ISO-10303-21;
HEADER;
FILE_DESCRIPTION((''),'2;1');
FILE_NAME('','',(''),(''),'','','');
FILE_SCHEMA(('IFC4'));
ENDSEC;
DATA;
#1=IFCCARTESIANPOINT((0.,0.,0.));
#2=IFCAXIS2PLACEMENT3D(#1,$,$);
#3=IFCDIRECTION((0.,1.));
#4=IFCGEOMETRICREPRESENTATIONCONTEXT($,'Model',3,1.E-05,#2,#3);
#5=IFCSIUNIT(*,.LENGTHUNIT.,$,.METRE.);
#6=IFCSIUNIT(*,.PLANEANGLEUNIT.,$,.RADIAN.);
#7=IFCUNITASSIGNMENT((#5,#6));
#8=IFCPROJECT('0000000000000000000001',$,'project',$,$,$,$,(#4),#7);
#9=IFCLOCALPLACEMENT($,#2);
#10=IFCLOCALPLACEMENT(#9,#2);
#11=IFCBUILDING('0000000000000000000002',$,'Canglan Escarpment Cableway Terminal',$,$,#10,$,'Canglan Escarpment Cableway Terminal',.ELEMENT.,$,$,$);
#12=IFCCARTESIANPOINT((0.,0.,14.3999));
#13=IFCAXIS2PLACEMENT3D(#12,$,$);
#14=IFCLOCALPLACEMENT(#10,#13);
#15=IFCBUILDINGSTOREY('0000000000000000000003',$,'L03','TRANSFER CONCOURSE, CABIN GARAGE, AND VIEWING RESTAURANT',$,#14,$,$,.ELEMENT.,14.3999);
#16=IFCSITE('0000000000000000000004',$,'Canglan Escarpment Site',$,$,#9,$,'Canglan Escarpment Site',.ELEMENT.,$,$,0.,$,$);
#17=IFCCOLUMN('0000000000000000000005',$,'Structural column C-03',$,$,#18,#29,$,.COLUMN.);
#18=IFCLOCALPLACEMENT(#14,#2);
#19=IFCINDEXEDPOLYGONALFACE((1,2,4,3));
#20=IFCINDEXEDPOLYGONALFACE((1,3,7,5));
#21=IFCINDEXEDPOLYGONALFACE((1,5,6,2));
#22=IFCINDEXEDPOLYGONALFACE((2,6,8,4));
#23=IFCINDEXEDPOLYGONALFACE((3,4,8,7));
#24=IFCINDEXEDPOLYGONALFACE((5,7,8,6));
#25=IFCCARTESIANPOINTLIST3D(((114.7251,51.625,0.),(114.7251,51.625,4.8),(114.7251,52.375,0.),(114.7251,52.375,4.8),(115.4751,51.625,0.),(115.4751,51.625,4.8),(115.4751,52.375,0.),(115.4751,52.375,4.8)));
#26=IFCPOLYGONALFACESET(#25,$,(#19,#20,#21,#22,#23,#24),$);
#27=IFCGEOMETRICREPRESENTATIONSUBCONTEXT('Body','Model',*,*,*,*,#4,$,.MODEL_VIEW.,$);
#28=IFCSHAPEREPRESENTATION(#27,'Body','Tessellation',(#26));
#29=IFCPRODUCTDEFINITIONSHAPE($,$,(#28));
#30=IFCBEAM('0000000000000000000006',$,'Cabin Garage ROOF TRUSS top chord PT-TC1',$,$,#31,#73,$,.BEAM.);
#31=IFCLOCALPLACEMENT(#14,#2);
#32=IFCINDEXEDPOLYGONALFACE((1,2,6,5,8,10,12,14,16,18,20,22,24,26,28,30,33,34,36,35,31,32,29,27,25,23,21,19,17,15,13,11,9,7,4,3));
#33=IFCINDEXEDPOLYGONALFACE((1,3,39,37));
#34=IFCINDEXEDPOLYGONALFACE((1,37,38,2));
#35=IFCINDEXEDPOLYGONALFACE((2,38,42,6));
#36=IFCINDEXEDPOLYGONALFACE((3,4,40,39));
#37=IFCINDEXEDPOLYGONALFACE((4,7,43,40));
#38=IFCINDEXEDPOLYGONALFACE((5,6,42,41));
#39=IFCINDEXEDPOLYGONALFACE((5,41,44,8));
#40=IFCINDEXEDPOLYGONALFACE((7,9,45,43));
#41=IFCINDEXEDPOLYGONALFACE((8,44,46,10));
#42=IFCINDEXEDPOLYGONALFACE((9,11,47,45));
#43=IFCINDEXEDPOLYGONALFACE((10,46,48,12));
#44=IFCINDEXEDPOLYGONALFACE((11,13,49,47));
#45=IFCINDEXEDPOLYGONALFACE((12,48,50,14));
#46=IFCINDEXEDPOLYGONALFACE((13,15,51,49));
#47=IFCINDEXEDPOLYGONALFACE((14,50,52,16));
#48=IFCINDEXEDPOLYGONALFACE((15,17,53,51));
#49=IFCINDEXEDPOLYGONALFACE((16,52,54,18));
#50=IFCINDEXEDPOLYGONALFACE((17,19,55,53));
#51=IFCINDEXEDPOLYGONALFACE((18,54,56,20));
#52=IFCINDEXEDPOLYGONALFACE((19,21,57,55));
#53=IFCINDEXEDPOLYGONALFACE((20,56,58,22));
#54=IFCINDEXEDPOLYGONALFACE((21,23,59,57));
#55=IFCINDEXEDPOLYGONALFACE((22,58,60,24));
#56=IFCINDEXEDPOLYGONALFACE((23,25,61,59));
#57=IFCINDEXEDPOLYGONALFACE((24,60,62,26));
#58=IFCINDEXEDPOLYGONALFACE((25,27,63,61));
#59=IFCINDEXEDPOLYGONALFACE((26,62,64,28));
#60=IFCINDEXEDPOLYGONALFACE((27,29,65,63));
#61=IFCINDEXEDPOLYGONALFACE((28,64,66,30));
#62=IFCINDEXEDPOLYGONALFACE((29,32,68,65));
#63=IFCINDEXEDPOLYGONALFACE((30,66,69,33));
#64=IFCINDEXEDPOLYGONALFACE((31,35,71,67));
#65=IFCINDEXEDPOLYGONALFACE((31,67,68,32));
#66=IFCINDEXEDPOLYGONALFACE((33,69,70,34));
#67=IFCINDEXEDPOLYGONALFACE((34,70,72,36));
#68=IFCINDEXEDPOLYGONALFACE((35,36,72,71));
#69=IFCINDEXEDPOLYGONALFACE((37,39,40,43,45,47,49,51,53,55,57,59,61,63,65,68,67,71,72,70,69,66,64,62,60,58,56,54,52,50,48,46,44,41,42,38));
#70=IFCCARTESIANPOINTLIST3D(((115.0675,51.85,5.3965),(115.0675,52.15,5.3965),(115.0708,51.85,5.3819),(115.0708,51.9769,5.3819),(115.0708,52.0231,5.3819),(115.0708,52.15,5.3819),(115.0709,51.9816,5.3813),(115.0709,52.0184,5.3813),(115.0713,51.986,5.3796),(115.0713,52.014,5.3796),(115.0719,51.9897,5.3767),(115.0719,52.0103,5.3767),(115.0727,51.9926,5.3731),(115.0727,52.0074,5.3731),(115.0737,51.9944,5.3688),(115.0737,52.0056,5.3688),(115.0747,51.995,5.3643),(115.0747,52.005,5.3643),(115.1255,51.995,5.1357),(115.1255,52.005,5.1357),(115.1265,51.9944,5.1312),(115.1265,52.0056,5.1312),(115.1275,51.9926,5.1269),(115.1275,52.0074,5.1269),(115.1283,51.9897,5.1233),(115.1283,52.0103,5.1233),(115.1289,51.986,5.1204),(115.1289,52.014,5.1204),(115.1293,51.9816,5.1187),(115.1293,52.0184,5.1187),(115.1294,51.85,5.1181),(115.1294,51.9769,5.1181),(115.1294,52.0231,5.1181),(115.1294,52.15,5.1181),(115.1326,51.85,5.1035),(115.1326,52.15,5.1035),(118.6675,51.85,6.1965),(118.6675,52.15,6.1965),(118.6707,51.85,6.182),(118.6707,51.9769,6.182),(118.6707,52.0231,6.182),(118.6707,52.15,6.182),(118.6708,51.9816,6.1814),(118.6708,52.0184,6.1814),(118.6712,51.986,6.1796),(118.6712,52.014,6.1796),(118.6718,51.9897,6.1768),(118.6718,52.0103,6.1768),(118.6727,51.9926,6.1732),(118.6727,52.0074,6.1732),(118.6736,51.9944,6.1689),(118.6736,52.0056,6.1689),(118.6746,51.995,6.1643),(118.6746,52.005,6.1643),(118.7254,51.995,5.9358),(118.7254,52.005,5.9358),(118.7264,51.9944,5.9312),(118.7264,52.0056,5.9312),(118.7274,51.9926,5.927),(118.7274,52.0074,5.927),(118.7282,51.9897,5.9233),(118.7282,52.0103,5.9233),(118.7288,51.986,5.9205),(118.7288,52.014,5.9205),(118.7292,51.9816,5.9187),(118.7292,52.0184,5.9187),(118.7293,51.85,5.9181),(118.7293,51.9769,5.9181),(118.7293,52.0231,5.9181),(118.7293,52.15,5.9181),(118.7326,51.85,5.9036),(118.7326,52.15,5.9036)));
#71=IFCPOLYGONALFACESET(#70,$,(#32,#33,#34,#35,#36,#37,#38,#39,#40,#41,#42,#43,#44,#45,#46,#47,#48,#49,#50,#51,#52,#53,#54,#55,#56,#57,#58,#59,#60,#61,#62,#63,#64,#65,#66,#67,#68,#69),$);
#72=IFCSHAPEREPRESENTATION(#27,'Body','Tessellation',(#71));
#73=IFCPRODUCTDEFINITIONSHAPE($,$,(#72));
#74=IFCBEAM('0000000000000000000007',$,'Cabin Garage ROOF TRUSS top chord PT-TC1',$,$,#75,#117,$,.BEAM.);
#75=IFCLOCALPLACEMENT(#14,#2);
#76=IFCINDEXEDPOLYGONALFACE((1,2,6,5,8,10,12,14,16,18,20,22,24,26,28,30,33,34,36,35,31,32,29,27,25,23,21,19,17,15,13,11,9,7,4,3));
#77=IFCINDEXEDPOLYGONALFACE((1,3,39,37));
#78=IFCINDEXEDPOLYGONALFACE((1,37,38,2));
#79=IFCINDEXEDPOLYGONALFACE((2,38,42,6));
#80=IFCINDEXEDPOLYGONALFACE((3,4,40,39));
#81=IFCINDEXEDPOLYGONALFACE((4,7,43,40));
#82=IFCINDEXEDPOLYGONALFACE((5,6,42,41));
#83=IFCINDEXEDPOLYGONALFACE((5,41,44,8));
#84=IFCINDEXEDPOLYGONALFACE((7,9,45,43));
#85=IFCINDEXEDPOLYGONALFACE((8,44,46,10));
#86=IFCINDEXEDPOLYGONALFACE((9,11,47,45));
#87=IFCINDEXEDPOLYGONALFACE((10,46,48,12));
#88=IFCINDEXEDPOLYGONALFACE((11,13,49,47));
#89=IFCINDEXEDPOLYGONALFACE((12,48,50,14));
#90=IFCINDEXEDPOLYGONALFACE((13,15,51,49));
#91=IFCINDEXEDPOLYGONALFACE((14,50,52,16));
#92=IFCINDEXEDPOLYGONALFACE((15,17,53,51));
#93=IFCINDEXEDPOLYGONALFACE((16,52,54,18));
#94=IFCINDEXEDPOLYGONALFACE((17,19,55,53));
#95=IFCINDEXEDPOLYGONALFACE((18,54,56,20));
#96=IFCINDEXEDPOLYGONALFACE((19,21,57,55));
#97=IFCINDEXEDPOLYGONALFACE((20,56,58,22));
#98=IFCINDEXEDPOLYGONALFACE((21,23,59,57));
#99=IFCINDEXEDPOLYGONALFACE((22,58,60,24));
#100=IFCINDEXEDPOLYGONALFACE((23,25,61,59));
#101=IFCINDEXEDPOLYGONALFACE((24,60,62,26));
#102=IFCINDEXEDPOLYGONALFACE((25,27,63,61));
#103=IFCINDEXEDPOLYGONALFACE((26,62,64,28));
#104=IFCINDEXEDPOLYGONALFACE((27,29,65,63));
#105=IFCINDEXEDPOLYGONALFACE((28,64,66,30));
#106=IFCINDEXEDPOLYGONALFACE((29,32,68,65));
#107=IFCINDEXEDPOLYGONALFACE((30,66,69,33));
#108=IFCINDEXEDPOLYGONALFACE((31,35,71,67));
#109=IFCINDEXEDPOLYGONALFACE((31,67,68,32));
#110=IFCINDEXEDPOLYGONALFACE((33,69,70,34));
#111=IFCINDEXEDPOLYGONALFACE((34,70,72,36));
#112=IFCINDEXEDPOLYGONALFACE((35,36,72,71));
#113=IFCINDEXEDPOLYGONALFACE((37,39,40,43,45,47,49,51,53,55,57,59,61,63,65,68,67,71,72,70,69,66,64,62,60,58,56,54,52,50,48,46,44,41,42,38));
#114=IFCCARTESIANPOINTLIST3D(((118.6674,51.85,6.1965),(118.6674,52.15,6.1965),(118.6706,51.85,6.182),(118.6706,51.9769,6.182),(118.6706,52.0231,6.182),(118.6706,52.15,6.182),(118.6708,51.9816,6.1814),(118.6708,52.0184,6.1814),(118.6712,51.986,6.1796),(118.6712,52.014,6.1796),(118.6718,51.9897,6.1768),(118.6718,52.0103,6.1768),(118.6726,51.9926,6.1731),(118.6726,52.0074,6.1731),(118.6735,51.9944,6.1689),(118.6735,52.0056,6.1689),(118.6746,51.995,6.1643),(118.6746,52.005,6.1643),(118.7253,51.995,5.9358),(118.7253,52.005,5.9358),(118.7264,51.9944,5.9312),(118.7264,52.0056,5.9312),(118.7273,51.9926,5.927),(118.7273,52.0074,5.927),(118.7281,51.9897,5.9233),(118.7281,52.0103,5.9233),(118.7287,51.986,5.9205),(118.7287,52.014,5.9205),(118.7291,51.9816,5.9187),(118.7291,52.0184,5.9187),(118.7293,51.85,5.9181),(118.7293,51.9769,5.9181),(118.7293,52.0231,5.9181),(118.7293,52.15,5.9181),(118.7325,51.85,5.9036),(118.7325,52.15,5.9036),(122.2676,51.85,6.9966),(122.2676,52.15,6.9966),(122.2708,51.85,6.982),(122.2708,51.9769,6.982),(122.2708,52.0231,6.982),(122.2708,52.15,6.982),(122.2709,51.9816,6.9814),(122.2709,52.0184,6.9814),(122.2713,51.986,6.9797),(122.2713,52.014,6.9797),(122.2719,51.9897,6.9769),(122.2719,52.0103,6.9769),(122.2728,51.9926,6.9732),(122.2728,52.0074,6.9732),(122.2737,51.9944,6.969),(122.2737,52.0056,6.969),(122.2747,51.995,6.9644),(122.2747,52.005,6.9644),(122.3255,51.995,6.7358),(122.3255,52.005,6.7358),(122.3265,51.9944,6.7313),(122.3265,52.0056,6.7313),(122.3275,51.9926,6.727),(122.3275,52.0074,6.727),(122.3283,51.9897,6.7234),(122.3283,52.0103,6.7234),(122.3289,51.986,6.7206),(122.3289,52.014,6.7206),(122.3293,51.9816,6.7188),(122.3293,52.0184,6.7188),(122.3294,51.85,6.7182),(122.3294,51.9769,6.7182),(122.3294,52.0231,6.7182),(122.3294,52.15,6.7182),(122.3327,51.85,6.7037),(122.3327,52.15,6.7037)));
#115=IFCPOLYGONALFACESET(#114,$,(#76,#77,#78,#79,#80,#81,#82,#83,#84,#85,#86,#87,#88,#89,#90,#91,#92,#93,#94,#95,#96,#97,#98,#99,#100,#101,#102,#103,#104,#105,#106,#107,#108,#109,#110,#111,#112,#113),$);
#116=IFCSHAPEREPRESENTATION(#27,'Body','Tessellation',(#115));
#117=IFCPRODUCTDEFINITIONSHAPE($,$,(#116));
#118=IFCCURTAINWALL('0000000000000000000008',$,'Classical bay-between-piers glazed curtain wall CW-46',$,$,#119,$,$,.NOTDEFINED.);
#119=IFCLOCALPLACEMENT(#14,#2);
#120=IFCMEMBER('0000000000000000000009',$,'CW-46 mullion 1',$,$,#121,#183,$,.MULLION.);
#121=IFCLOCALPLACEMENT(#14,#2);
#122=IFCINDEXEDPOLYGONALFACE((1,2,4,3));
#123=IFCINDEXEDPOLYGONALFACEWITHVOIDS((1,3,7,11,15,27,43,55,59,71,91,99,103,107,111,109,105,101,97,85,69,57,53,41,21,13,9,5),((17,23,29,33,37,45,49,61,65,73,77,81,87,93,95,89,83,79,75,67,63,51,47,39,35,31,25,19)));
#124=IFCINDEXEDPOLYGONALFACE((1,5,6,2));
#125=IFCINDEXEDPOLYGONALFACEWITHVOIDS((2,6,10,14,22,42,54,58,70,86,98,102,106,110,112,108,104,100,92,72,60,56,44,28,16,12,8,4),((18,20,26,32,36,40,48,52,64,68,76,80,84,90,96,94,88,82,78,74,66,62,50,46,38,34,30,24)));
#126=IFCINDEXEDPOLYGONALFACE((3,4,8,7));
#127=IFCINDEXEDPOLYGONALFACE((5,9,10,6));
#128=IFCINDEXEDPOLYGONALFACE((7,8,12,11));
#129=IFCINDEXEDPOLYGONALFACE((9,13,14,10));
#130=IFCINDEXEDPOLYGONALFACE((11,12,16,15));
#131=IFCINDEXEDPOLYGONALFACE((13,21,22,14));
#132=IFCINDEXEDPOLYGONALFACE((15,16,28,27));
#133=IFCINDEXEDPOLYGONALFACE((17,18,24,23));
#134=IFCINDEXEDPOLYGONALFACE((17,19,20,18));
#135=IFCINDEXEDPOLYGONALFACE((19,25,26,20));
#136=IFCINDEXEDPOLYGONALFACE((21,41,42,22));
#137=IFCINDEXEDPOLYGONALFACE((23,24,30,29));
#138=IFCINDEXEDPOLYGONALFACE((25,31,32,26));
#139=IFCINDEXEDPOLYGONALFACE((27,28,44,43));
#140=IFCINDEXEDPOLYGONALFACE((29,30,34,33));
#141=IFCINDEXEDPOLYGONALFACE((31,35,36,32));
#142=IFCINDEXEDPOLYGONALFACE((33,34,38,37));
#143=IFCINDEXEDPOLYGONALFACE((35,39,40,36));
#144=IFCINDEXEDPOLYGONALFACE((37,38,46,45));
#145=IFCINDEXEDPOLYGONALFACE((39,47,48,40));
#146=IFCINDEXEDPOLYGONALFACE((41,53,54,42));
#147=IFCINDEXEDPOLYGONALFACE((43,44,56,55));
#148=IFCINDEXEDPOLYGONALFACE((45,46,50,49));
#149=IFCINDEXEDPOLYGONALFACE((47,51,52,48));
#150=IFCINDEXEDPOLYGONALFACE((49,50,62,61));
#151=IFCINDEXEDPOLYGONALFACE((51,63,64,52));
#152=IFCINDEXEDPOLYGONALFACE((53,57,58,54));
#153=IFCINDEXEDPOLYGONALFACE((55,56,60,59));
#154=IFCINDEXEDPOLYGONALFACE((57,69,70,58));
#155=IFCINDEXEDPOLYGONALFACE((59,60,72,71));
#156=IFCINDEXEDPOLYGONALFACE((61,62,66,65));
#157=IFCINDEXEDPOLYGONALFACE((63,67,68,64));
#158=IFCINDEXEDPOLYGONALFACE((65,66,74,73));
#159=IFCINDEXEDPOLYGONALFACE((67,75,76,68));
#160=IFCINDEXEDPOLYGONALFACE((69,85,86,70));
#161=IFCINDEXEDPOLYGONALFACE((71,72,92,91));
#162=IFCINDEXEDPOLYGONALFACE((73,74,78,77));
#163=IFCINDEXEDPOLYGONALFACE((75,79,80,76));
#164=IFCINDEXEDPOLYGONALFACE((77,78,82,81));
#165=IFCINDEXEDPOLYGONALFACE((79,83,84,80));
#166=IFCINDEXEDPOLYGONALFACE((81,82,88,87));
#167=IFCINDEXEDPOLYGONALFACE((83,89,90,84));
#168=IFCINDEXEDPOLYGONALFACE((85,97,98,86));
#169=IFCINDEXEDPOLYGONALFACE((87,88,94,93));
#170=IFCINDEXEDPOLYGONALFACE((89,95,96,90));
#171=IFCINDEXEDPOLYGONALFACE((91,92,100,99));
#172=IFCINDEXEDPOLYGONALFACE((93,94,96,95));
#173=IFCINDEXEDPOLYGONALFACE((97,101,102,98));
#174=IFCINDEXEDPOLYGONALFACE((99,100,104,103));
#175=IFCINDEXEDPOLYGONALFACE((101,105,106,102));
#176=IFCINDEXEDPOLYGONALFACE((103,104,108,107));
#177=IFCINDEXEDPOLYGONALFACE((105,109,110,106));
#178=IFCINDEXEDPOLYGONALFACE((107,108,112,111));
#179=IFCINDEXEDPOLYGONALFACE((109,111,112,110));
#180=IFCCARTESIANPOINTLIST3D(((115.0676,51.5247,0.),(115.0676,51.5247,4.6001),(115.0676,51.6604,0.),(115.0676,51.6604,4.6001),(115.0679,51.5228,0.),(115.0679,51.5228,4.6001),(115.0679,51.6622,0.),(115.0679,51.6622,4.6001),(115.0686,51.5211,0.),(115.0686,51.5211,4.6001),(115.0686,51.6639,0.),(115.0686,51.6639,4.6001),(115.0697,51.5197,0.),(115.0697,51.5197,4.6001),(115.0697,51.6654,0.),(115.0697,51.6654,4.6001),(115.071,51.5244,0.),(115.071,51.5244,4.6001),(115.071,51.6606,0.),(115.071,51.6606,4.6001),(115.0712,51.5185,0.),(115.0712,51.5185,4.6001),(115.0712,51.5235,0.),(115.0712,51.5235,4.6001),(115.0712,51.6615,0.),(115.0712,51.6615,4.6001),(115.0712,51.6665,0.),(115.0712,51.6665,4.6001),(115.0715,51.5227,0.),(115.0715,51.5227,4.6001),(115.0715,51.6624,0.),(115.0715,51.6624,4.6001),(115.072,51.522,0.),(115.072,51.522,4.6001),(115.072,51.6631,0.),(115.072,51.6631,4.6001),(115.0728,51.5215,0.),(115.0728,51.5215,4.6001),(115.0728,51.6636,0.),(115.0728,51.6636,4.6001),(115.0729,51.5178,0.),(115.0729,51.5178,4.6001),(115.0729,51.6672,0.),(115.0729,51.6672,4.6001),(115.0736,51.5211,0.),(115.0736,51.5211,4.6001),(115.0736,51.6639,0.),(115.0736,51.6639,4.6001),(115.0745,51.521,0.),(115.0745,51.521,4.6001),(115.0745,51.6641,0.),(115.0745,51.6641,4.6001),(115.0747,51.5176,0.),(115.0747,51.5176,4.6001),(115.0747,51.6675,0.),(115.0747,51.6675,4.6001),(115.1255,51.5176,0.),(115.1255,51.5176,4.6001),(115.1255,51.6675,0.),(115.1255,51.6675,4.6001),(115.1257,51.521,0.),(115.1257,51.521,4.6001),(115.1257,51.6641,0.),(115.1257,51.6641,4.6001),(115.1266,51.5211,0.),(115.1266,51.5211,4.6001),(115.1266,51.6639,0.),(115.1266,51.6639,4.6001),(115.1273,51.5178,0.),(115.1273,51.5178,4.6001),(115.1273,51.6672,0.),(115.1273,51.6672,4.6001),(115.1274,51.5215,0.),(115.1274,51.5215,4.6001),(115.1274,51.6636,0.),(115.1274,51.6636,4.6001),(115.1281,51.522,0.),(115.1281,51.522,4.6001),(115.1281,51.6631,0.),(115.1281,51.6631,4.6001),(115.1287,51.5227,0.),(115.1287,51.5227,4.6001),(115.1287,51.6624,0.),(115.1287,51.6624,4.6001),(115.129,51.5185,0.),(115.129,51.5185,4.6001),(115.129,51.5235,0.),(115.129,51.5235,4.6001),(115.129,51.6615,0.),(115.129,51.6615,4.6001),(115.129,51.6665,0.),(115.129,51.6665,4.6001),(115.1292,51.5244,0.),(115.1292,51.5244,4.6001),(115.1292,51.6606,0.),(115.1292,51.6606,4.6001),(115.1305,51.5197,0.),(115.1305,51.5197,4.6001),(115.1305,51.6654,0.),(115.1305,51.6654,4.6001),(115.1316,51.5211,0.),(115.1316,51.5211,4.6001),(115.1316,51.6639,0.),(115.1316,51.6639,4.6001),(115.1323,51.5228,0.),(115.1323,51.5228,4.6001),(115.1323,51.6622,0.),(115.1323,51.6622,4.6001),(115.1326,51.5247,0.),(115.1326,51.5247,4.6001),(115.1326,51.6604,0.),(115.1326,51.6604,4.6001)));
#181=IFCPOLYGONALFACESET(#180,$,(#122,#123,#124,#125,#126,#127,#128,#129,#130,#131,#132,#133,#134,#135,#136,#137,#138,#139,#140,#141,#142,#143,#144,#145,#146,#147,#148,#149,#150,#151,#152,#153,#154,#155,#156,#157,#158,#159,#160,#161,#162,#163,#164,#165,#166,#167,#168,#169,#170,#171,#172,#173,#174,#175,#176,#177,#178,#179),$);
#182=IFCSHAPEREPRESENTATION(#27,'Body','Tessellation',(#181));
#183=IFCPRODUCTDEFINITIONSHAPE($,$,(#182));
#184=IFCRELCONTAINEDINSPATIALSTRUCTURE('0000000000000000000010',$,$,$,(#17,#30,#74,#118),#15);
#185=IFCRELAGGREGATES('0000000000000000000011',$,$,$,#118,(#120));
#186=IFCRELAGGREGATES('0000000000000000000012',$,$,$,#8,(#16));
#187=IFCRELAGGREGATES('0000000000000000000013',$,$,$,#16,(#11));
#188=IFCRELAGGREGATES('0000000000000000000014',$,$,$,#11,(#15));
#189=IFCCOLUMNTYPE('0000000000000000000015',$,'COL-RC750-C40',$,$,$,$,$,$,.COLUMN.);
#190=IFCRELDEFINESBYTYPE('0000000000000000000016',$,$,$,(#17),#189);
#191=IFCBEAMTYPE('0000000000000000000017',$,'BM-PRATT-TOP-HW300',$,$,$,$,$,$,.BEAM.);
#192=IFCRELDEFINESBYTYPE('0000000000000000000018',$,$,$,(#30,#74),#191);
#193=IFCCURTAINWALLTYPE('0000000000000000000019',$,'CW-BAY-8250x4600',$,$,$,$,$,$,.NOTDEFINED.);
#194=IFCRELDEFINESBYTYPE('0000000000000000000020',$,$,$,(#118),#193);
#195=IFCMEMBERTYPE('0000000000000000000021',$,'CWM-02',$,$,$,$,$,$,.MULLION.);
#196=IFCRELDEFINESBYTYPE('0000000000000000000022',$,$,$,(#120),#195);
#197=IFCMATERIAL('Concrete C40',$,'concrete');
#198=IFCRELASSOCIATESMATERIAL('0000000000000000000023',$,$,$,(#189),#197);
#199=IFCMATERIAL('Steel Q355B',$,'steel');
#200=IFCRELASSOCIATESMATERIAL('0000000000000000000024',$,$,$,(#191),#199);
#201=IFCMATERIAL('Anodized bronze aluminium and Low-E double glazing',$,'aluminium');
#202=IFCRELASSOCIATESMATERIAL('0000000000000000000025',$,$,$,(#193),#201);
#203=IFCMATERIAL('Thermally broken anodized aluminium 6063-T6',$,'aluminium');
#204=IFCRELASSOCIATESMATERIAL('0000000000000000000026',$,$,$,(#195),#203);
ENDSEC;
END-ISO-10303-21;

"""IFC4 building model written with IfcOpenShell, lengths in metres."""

from ifc_helpers import new_model, si_unit, direction, frame, origin, origin_2d, place, context, subcontext, project, spatial, rectangle, hollow_rectangle, i_section, extrude, material, material_profile, profile_set, type_object, element, aggregate, save


model = new_model("IFC4")

# Units and contexts
model_context = context("Model", 3, precision=1e-05, world=origin(), true_north=direction((0.0, 1.0)))
body_context = subcontext(model_context, "Body", "Model", "MODEL_VIEW")
ifc_project = project(units=[si_unit("LENGTHUNIT", "METRE"), si_unit("PLANEANGLEUNIT", "RADIAN")], contexts=[model_context])

# Site, building, storey
site_placement = place(None, origin())
site = spatial("IfcSite", under=ifc_project, at=site_placement, Name="Canglan Escarpment Site", LongName="Canglan Escarpment Site", CompositionType="ELEMENT", RefElevation=0.0)
building_placement = place(site_placement, origin())
building = spatial("IfcBuilding", under=site, at=building_placement, Name="Canglan Escarpment Cableway Terminal", LongName="Canglan Escarpment Cableway Terminal", CompositionType="ELEMENT")
storey_placement = place(building_placement, frame((0.0, 0.0, 14.3999)))
storey = spatial("IfcBuildingStorey", under=building, at=storey_placement, Name="L03", Description="TRANSFER CONCOURSE, CABIN GARAGE, AND VIEWING RESTAURANT", CompositionType="ELEMENT", Elevation=14.3999)

# Column
ifc_material_1 = material(Name="Concrete C40", Category="concrete")
ifc_material_profile_1 = material_profile(ifc_material_1, rectangle(XDim=0.75, YDim=0.75, at=origin_2d()), Name="RC 750x750")
ifc_profile_set_1 = profile_set([ifc_material_profile_1], Name="Concrete C40")
column_type = type_object("IfcColumnType", Name="COL-RC750-C40", PredefinedType="COLUMN", material=ifc_profile_set_1)
column_placement = place(storey_placement, frame((115.1001, 52.0, 0.0), z_axis=(0.0, 0.0, 1.0), x_axis=(1.0, 0.0, 0.0)))
element("IfcColumn", 1, at=column_placement, inside=storey, type_object=column_type, Name="Structural column C-03", PredefinedType="COLUMN", context=body_context, shape_type="SweptSolid", body=[
    extrude(rectangle(XDim=0.75, YDim=0.75, at=origin_2d()), origin(), (0.0, 0.0, 1.0), 4.8),
])

# Beams
ifc_material_2 = material(Name="Steel Q355B", Category="steel")
ifc_material_profile_2 = material_profile(ifc_material_2, i_section(OverallWidth=0.3, OverallDepth=0.3, WebThickness=0.01, FlangeThickness=0.0149, FilletRadius=0.0181, at=origin_2d()), Name="HW 300x300x10x15")
ifc_profile_set_2 = profile_set([ifc_material_profile_2], Name="Steel Q355B")
beam_type = type_object("IfcBeamType", Name="BM-PRATT-TOP-HW300", PredefinedType="BEAM", material=ifc_profile_set_2)
beam_1_placement = place(storey_placement, frame((115.1001, 52.0, 5.25), z_axis=(0.976182, 0.0, 0.216951), x_axis=(0.0, 1.0, 0.0)))
element("IfcBeam", 2, at=beam_1_placement, inside=storey, type_object=beam_type, Name="Cabin Garage ROOF TRUSS top chord PT-TC1", PredefinedType="BEAM", context=body_context, shape_type="SweptSolid", body=[
    extrude(i_section(OverallWidth=0.3, OverallDepth=0.3, WebThickness=0.01, FlangeThickness=0.0149, FilletRadius=0.0181, at=origin_2d()), origin(), (0.0, 0.0, 1.0), 3.6877),
])
beam_2_placement = place(storey_placement, frame((118.7, 52.0, 6.05), z_axis=(0.976186, 0.0, 0.216937), x_axis=(0.0, 1.0, 0.0)))
element("IfcBeam", 3, at=beam_2_placement, inside=storey, type_object=beam_type, Name="Cabin Garage ROOF TRUSS top chord PT-TC1", PredefinedType="BEAM", context=body_context, shape_type="SweptSolid", body=[
    extrude(i_section(OverallWidth=0.3, OverallDepth=0.3, WebThickness=0.01, FlangeThickness=0.0149, FilletRadius=0.0181, at=origin_2d()), origin(), (0.0, 0.0, 1.0), 3.688),
])

# Curtain wall, member
ifc_material_3 = material(Name="Anodized bronze aluminium and Low-E double glazing", Category="aluminium")
curtain_wall_type = type_object("IfcCurtainWallType", Name="CW-BAY-8250x4600", PredefinedType="NOTDEFINED", material=ifc_material_3)
curtain_wall_placement = place(storey_placement, origin())
curtain_wall = element("IfcCurtainWall", 4, at=curtain_wall_placement, inside=storey, type_object=curtain_wall_type, Name="Classical bay-between-piers glazed curtain wall CW-46", PredefinedType="NOTDEFINED")
ifc_material_4 = material(Name="Thermally broken anodized aluminium 6063-T6", Category="aluminium")
ifc_material_profile_3 = material_profile(ifc_material_4, hollow_rectangle(XDim=0.0649, YDim=0.1499, WallThickness=0.0034, InnerFilletRadius=0.0034, OuterFilletRadius=0.0071, at=origin_2d()), Name="ALU-MULL 65x150x3.5")
ifc_profile_set_3 = profile_set([ifc_material_profile_3], Name="Thermally broken anodized aluminium 6063-T6")
member_type_1 = type_object("IfcMemberType", Name="CWM-02", PredefinedType="MULLION", material=ifc_profile_set_3)
member_1_placement = place(storey_placement, frame((115.1001, 51.5925, 0.0), z_axis=(0.0, 0.0, 1.0), x_axis=(1.0, 0.0, 0.0)))
member_1 = element("IfcMember", 5, at=member_1_placement, type_object=member_type_1, Name="CW-46 mullion 1", PredefinedType="MULLION", context=body_context, shape_type="SweptSolid", body=[
    extrude(hollow_rectangle(XDim=0.0649, YDim=0.1499, WallThickness=0.0034, InnerFilletRadius=0.0034, OuterFilletRadius=0.0071, at=origin_2d()), origin(), (0.0, 0.0, 1.0), 4.6001),
])

aggregate(curtain_wall, [member_1])

save(model, "model.ifc")
